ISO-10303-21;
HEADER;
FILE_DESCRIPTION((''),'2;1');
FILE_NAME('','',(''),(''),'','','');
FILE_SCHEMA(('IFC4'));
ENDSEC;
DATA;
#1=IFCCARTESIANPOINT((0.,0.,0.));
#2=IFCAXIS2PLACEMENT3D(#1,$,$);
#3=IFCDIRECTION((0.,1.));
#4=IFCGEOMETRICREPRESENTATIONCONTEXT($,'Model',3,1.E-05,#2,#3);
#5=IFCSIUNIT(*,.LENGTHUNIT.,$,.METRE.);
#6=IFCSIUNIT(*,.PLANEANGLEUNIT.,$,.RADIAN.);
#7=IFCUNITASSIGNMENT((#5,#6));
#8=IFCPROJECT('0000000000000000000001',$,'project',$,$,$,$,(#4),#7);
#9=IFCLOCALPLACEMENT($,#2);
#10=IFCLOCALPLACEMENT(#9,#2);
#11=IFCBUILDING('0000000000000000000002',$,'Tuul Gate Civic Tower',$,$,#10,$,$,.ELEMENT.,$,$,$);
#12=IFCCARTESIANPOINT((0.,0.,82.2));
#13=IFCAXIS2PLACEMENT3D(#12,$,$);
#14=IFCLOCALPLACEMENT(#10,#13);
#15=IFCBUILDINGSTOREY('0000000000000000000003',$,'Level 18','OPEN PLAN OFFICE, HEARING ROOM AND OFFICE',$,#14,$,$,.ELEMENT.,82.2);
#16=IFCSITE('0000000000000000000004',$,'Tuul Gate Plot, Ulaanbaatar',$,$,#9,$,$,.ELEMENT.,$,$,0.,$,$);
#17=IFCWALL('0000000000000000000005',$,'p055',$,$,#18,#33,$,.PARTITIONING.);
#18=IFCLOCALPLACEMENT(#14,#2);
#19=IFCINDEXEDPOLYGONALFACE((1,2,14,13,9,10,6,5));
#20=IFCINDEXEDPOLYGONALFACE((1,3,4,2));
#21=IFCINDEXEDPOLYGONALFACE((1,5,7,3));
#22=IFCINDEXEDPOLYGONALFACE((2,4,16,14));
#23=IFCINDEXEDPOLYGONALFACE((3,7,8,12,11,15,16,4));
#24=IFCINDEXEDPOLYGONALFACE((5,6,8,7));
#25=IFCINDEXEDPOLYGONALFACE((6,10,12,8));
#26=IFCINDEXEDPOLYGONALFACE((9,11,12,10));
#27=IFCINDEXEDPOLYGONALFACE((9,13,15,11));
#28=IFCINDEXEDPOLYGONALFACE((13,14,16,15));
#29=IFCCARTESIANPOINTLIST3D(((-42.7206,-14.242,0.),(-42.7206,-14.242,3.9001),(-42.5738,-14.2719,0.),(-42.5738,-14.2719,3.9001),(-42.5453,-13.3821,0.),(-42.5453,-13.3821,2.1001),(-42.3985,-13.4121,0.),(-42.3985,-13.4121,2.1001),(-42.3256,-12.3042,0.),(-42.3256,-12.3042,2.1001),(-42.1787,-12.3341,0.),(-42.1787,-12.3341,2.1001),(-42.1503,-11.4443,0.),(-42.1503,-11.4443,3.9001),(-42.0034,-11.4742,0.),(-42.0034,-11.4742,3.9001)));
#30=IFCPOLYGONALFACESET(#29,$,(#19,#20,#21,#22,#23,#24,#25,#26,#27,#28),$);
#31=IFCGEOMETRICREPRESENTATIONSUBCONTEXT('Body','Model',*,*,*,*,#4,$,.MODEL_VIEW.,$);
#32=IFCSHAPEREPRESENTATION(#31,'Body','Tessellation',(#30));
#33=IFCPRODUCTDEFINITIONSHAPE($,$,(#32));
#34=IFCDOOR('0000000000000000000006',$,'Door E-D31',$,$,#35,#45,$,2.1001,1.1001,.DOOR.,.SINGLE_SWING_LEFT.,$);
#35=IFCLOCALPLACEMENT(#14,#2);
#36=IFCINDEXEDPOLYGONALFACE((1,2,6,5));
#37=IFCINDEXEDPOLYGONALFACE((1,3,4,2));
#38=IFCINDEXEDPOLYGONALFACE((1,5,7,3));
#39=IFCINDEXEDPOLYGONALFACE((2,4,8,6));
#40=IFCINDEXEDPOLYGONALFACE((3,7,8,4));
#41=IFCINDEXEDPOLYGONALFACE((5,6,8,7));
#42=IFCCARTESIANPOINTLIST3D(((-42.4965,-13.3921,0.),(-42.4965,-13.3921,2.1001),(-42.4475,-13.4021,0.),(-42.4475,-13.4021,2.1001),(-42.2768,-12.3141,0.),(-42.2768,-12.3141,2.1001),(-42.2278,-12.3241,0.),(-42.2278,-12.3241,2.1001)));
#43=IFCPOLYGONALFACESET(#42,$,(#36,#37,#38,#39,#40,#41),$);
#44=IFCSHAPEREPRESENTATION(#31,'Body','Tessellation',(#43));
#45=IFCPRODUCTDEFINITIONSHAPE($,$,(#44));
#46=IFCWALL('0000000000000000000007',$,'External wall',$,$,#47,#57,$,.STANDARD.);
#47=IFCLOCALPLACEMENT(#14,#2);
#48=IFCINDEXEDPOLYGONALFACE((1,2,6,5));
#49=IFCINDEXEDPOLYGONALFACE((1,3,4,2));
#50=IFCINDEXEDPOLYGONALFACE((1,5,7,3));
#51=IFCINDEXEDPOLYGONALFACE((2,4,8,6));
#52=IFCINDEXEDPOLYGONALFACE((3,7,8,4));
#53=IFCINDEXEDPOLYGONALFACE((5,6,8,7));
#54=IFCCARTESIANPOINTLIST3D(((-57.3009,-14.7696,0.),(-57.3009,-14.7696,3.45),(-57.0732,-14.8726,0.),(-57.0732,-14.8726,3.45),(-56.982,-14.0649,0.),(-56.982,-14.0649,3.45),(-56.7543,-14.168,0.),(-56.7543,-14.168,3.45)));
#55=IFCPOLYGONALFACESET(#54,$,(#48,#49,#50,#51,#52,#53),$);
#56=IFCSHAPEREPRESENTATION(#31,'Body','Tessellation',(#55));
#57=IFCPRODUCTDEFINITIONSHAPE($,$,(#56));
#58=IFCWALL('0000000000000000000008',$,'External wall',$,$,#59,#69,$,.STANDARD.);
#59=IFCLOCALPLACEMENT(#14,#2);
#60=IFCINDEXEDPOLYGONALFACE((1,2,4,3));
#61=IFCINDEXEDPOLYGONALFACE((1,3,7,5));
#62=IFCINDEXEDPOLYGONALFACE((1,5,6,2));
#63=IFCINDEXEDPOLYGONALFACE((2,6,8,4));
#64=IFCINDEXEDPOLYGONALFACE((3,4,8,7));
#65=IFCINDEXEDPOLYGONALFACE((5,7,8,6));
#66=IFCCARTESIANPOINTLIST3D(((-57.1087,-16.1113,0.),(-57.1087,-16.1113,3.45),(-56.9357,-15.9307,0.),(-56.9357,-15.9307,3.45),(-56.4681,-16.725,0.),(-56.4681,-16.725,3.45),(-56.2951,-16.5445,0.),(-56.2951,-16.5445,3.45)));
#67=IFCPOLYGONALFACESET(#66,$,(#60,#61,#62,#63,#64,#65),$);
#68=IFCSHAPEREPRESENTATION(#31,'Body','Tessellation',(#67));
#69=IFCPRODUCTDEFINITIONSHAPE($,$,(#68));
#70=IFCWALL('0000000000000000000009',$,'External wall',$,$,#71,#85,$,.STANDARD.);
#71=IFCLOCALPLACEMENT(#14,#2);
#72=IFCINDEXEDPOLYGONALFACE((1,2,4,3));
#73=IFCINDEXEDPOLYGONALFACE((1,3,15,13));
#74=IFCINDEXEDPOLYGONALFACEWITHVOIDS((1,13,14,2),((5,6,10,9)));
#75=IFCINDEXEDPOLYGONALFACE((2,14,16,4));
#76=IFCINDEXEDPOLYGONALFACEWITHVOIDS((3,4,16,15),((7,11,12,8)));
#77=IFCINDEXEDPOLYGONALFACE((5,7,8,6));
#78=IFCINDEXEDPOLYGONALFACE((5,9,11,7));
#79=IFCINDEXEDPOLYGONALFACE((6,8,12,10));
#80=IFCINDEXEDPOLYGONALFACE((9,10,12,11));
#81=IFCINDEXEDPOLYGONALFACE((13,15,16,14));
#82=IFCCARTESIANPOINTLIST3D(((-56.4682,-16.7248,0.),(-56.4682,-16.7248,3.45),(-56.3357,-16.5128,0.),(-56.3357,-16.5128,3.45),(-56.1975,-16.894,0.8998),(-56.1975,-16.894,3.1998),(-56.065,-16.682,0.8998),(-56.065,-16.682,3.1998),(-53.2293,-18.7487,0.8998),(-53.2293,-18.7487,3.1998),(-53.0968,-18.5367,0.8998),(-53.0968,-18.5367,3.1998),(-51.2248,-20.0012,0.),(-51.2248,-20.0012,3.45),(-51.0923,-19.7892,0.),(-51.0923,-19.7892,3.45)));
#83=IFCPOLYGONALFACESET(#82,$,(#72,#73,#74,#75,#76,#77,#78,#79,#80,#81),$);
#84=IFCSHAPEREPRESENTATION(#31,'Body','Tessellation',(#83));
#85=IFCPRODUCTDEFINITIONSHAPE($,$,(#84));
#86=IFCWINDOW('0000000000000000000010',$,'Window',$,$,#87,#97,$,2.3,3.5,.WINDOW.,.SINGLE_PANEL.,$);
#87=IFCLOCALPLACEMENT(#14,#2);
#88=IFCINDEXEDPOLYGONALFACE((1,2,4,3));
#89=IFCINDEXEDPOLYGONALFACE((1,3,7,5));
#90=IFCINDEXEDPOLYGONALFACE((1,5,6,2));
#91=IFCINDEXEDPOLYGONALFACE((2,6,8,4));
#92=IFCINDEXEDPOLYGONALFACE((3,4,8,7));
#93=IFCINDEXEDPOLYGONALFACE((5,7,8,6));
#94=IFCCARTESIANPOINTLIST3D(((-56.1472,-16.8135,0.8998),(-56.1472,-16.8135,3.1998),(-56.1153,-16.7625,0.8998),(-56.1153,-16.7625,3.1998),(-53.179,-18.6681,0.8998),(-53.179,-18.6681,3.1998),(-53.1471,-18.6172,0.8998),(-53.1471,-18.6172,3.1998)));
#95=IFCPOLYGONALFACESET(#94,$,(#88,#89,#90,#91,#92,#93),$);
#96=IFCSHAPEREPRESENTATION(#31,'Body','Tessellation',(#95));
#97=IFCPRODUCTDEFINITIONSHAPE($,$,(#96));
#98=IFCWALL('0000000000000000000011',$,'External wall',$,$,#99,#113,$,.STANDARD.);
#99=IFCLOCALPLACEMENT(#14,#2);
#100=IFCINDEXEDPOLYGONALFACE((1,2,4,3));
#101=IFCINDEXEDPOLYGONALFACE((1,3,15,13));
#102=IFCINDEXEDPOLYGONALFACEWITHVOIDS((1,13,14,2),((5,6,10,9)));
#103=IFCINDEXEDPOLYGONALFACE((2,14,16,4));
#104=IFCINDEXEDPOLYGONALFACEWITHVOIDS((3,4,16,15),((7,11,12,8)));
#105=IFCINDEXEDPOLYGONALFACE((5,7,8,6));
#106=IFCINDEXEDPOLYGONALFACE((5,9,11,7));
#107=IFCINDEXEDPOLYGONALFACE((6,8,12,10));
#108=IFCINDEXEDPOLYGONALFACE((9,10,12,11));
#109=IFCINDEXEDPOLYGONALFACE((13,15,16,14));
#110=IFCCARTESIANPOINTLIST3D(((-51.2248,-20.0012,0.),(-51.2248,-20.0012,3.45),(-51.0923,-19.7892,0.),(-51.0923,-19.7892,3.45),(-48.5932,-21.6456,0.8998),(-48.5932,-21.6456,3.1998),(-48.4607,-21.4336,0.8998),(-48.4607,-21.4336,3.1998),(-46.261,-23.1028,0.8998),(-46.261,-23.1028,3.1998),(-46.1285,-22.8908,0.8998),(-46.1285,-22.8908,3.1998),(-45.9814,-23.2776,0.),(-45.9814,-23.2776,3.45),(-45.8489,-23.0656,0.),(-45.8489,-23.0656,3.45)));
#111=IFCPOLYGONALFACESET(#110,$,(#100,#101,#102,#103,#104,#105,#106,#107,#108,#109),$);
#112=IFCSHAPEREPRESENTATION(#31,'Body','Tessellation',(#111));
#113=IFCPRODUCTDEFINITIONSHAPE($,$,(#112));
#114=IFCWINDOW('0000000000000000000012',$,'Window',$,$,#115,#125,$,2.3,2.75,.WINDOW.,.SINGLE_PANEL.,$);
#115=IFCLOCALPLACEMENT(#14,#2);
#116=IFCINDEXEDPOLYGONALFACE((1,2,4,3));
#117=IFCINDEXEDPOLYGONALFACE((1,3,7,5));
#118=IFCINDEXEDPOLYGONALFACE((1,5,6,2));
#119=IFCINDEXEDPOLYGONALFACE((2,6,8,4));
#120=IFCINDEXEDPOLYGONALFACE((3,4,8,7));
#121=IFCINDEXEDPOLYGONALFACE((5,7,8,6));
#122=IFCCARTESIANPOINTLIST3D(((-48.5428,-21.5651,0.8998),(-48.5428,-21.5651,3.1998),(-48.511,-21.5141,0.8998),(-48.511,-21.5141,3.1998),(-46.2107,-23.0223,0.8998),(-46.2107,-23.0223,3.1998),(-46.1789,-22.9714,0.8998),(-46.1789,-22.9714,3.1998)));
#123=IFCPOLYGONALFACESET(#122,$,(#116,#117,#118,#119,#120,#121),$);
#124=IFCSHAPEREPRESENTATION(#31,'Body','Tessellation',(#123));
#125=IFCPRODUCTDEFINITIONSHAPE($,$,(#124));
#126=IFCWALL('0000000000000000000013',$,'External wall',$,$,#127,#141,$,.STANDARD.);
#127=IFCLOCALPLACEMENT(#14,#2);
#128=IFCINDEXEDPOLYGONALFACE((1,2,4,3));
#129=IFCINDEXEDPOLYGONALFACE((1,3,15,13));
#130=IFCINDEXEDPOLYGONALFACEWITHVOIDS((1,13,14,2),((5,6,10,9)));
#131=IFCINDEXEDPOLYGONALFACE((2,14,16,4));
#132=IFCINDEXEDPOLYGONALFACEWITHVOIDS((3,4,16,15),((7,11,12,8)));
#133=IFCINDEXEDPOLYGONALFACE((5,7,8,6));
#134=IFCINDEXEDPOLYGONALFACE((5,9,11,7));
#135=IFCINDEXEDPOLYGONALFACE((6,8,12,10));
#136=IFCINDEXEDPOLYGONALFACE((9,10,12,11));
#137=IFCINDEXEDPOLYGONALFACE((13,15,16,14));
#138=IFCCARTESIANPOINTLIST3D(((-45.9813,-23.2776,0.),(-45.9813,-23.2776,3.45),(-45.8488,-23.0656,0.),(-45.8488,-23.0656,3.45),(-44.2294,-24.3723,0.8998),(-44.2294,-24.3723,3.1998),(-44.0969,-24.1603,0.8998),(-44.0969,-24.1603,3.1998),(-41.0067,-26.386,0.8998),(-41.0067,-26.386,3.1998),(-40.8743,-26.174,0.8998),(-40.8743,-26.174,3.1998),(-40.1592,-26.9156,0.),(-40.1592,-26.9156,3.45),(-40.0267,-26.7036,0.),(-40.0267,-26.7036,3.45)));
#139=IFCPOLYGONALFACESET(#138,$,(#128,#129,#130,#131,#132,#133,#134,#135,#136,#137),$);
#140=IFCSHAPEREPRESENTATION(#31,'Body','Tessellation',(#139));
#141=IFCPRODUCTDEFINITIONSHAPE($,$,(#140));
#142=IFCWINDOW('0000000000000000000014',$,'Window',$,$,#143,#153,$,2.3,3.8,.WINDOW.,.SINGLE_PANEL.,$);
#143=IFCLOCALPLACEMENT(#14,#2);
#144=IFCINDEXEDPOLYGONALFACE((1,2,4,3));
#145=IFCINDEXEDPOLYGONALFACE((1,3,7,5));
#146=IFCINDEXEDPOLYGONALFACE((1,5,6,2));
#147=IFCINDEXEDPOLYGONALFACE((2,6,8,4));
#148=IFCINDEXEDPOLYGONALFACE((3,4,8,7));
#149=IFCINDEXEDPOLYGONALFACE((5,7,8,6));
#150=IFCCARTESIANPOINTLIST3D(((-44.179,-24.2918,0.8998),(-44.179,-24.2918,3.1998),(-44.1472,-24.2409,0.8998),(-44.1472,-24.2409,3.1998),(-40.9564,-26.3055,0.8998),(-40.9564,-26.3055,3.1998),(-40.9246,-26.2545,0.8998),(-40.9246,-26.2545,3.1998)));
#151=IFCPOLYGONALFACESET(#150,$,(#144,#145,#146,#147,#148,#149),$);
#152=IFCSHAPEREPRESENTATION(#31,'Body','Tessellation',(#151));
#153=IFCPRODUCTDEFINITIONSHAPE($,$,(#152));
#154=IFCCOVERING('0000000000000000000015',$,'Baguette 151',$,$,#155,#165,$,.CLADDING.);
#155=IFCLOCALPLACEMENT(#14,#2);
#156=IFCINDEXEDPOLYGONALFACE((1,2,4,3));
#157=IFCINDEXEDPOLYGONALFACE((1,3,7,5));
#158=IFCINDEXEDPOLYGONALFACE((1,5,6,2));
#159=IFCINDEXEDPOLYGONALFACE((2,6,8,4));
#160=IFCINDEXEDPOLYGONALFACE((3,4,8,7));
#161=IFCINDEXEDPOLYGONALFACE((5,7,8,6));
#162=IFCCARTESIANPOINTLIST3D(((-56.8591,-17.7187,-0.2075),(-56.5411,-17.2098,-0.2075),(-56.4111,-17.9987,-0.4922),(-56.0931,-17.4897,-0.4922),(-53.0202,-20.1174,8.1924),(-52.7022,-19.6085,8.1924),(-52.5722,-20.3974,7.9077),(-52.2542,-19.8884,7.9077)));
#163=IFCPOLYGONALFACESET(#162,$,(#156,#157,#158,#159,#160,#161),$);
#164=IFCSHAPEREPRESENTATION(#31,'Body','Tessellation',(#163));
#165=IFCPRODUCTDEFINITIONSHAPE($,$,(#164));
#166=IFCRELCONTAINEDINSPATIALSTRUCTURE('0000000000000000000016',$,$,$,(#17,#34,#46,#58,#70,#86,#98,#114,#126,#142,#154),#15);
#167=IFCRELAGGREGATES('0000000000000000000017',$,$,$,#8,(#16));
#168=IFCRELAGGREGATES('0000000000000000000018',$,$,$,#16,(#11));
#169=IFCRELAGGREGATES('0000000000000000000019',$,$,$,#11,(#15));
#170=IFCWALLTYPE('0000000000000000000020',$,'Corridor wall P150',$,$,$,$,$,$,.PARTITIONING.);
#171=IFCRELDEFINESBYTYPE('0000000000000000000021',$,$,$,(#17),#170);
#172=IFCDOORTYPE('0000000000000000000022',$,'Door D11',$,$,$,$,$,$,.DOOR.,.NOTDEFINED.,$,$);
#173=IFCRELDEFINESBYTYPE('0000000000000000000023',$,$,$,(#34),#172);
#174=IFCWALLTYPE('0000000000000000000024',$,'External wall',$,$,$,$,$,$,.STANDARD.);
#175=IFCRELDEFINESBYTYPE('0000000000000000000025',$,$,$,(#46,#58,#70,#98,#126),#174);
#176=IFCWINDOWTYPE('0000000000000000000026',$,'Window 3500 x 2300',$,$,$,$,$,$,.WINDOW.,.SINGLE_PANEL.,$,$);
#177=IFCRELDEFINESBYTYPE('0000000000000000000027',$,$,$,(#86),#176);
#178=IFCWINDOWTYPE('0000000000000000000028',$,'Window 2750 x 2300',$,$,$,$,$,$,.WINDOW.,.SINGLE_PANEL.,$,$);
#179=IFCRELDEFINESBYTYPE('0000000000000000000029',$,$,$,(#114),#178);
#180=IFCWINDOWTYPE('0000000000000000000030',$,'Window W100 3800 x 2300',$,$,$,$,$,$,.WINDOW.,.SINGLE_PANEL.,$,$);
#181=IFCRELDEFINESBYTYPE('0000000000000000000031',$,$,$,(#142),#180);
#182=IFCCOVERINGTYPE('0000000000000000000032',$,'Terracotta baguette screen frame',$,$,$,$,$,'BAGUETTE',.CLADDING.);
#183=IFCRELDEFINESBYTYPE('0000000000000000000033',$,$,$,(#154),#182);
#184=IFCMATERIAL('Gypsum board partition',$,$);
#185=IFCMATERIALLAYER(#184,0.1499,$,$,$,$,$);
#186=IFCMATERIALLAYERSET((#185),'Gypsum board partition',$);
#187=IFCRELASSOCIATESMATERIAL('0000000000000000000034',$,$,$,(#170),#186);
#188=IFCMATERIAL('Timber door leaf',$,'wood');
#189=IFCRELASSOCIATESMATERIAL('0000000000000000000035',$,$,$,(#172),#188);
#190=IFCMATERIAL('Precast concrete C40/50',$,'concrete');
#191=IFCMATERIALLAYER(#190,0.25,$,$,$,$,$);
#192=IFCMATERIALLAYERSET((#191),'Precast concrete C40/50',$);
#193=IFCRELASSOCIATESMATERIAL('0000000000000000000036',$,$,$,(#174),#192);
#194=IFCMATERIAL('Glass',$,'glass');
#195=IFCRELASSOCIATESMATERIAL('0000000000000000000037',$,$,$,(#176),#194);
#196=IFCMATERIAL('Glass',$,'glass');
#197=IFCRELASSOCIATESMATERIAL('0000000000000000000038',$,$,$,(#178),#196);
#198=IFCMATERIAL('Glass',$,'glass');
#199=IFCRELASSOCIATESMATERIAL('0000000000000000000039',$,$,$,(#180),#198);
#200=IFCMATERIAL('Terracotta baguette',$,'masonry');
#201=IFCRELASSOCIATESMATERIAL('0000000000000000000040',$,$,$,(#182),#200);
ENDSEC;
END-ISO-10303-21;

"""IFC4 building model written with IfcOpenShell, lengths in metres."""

from ifc_helpers import new_model, si_unit, direction, frame, frame_2d, origin, origin_2d, place, context, subcontext, project, spatial, rectangle, extrude, material, layer, layer_set, material_profile, profile_set, type_object, element, fill, save


model = new_model("IFC4")

# Units and contexts
model_context = context("Model", 3, precision=1e-05, world=origin(), true_north=direction((0.0, 1.0)))
body_context = subcontext(model_context, "Body", "Model", "MODEL_VIEW")
ifc_project = project(units=[si_unit("LENGTHUNIT", "METRE"), si_unit("PLANEANGLEUNIT", "RADIAN")], contexts=[model_context])

# Site, building, storey
site_placement = place(None, origin())
site = spatial("IfcSite", under=ifc_project, at=site_placement, Name="Tuul Gate Plot, Ulaanbaatar", CompositionType="ELEMENT", RefElevation=0.0)
building_placement = place(site_placement, origin())
building = spatial("IfcBuilding", under=site, at=building_placement, Name="Tuul Gate Civic Tower", CompositionType="ELEMENT")
storey_placement = place(building_placement, frame((0.0, 0.0, 82.2)))
storey = spatial("IfcBuildingStorey", under=building, at=storey_placement, Name="Level 18", Description="OPEN PLAN OFFICE, HEARING ROOM AND OFFICE", CompositionType="ELEMENT", Elevation=82.2)

# Shared definitions
ifc_material_1 = material(Name="Gypsum board partition")
ifc_layer_1 = layer(ifc_material_1, 0.1499)
ifc_layer_set_1 = layer_set([ifc_layer_1], Name="Gypsum board partition")
wall_type_1 = type_object("IfcWallType", Name="Corridor wall P150", PredefinedType="PARTITIONING", material=ifc_layer_set_1)

# Wall, opening, door
wall_1_placement = place(storey_placement, frame((-42.6472, -14.2571, 0.0), z_axis=(0.0, 0.0, 1.0), x_axis=(0.199749, 0.979847, 0.0)))
wall_1 = element("IfcWall", 1, at=wall_1_placement, inside=storey, type_object=wall_type_1, Name="p055", PredefinedType="PARTITIONING", context=body_context, shape_type="SweptSolid", body=[
    extrude(rectangle(XDim=2.8552, YDim=0.1499, at=frame_2d((1.4277, 0.0))), origin(), (0.0, 0.0, 1.0), 3.9001),
])
opening_1_placement = place(wall_1_placement, frame((0.8777, 0.0, 0.0)))
opening_1 = element("IfcOpeningElement", 2, at=opening_1_placement, cuts=wall_1, PredefinedType="OPENING", context=body_context, shape_type="SweptSolid", body=[
    extrude(rectangle(XDim=1.1001, YDim=2.1001, at=frame_2d((0.55, 1.05))), frame((0.0, 0.085, 0.0), z_axis=(0.0, -1.0, 0.0), x_axis=(1.0, 0.0, 0.0)), (0.0, 0.0, 1.0), 0.1699),
])
ifc_material_2 = material(Name="Timber door leaf", Category="wood")
door_type = type_object("IfcDoorType", Name="Door D11", OperationType="NOTDEFINED", PredefinedType="DOOR", material=ifc_material_2)
door_placement = place(opening_1_placement, frame((1.1001, 0.0, 0.0), z_axis=(0.0, 0.0, 1.0), x_axis=(-1.0, 0.0, 0.0)))
door = element("IfcDoor", 3, at=door_placement, inside=storey, type_object=door_type, Name="Door E-D31", OperationType="SINGLE_SWING_LEFT", OverallHeight=2.1001, OverallWidth=1.1001, PredefinedType="DOOR", context=body_context, shape_type="SweptSolid", body=[
    extrude(rectangle(XDim=1.1001, YDim=2.1001, at=frame_2d((0.55, 1.05))), frame((0.0, 0.0249, 0.0), z_axis=(0.0, -1.0, 0.0), x_axis=(1.0, 0.0, 0.0)), (0.0, 0.0, 1.0), 0.05),
])
fill(opening_1, door)

# Walls
ifc_material_3 = material(Name="Precast concrete C40/50", Category="concrete")
ifc_layer_2 = layer(ifc_material_3, 0.25)
ifc_layer_set_2 = layer_set([ifc_layer_2], Name="Precast concrete C40/50")
wall_type_2 = type_object("IfcWallType", Name="External wall", PredefinedType="STANDARD", material=ifc_layer_set_2)
wall_2_placement = place(storey_placement, frame((-56.8682, -14.1165, 0.0), z_axis=(0.0, 0.0, 1.0), x_axis=(-0.41228, -0.911057, 0.0)))
element("IfcWall", 4, at=wall_2_placement, inside=storey, type_object=wall_type_2, Name="External wall", PredefinedType="STANDARD", context=body_context, shape_type="SweptSolid", body=[
    extrude(rectangle(XDim=0.7734, YDim=0.25, at=frame_2d((0.3867, 0.0))), origin(), (0.0, 0.0, 1.0), 3.45),
])
wall_3_placement = place(storey_placement, frame((-57.0222, -16.021, 0.0), z_axis=(0.0, 0.0, 1.0), x_axis=(0.72208, -0.69181, 0.0)))
element("IfcWall", 5, at=wall_3_placement, inside=storey, type_object=wall_type_2, Name="External wall", PredefinedType="STANDARD", context=body_context, shape_type="SweptSolid", body=[
    extrude(rectangle(XDim=0.8872, YDim=0.25, at=frame_2d((0.4436, 0.0))), origin(), (0.0, 0.0, 1.0), 3.45),
])

# Walls, openings, windows
wall_4_placement = place(storey_placement, frame((-56.4019, -16.6189, 0.0), z_axis=(0.0, 0.0, 1.0), x_axis=(0.848054, -0.52991, 0.0)))
wall_4 = element("IfcWall", 6, at=wall_4_placement, inside=storey, type_object=wall_type_2, Name="External wall", PredefinedType="STANDARD", context=body_context, shape_type="SweptSolid", body=[
    extrude(rectangle(XDim=6.1829, YDim=0.25, at=frame_2d((3.0913, 0.0))), origin(), (0.0, 0.0, 1.0), 3.45),
])
opening_2_placement = place(wall_4_placement, frame((0.3191, 0.0, 0.8999)))
opening_2 = element("IfcOpeningElement", 7, at=opening_2_placement, cuts=wall_4, PredefinedType="OPENING", context=body_context, shape_type="SweptSolid", body=[
    extrude(rectangle(XDim=3.5, YDim=2.3, at=frame_2d((1.75, 1.1499))), frame((0.0, 0.135, 0.0), z_axis=(0.0, -1.0, 0.0), x_axis=(1.0, 0.0, 0.0)), (0.0, 0.0, 1.0), 0.27),
])
ifc_material_4 = material(Name="Glass", Category="glass")
window_type_1 = type_object("IfcWindowType", Name="Window 3500 x 2300", PartitioningType="SINGLE_PANEL", PredefinedType="WINDOW", material=ifc_material_4)
window_1_placement = place(opening_2_placement, origin())
window_1 = element("IfcWindow", 8, at=window_1_placement, inside=storey, type_object=window_type_1, Name="Window", OverallHeight=2.3, OverallWidth=3.5, PartitioningType="SINGLE_PANEL", PredefinedType="WINDOW", context=body_context, shape_type="SweptSolid", body=[
    extrude(rectangle(XDim=3.5, YDim=2.3, at=frame_2d((1.75, 1.1499))), frame((0.0, 0.03, 0.0), z_axis=(0.0, -1.0, 0.0), x_axis=(1.0, 0.0, 0.0)), (0.0, 0.0, 1.0), 0.0601),
])
fill(opening_2, window_1)
wall_5_placement = place(storey_placement, frame((-51.1584, -19.8953, 0.0), z_axis=(0.0, 0.0, 1.0), x_axis=(0.848054, -0.52991, 0.0)))
wall_5 = element("IfcWall", 9, at=wall_5_placement, inside=storey, type_object=wall_type_2, Name="External wall", PredefinedType="STANDARD", context=body_context, shape_type="SweptSolid", body=[
    extrude(rectangle(XDim=6.1829, YDim=0.25, at=frame_2d((3.0913, 0.0))), origin(), (0.0, 0.0, 1.0), 3.45),
])
opening_3_placement = place(wall_5_placement, frame((3.103, 0.0, 0.8999)))
opening_3 = element("IfcOpeningElement", 10, at=opening_3_placement, cuts=wall_5, PredefinedType="OPENING", context=body_context, shape_type="SweptSolid", body=[
    extrude(rectangle(XDim=2.75, YDim=2.3, at=frame_2d((1.375, 1.1499))), frame((0.0, 0.135, 0.0), z_axis=(0.0, -1.0, 0.0), x_axis=(1.0, 0.0, 0.0)), (0.0, 0.0, 1.0), 0.27),
])
ifc_material_5 = material(Name="Glass", Category="glass")
window_type_2 = type_object("IfcWindowType", Name="Window 2750 x 2300", PartitioningType="SINGLE_PANEL", PredefinedType="WINDOW", material=ifc_material_5)
window_2_placement = place(opening_3_placement, origin())
window_2 = element("IfcWindow", 11, at=window_2_placement, inside=storey, type_object=window_type_2, Name="Window", OverallHeight=2.3, OverallWidth=2.75, PartitioningType="SINGLE_PANEL", PredefinedType="WINDOW", context=body_context, shape_type="SweptSolid", body=[
    extrude(rectangle(XDim=2.75, YDim=2.3, at=frame_2d((1.375, 1.1499))), frame((0.0, 0.03, 0.0), z_axis=(0.0, -1.0, 0.0), x_axis=(1.0, 0.0, 0.0)), (0.0, 0.0, 1.0), 0.0601),
])
fill(opening_3, window_2)
wall_6_placement = place(storey_placement, frame((-45.915, -23.1716, 0.0), z_axis=(0.0, 0.0, 1.0), x_axis=(0.848052, -0.529913, 0.0)))
wall_6 = element("IfcWall", 12, at=wall_6_placement, inside=storey, type_object=wall_type_2, Name="External wall", PredefinedType="STANDARD", context=body_context, shape_type="SweptSolid", body=[
    extrude(rectangle(XDim=6.8652, YDim=0.25, at=frame_2d((3.4326, 0.0))), origin(), (0.0, 0.0, 1.0), 3.45),
])
opening_4_placement = place(wall_6_placement, frame((2.0659, 0.0, 0.8999)))
opening_4 = element("IfcOpeningElement", 13, at=opening_4_placement, cuts=wall_6, PredefinedType="OPENING", context=body_context, shape_type="SweptSolid", body=[
    extrude(rectangle(XDim=3.8, YDim=2.3, at=frame_2d((1.8999, 1.1499))), frame((0.0, 0.135, 0.0), z_axis=(0.0, -1.0, 0.0), x_axis=(1.0, 0.0, 0.0)), (0.0, 0.0, 1.0), 0.27),
])
ifc_material_6 = material(Name="Glass", Category="glass")
window_type_3 = type_object("IfcWindowType", Name="Window W100 3800 x 2300", PartitioningType="SINGLE_PANEL", PredefinedType="WINDOW", material=ifc_material_6)
window_3_placement = place(opening_4_placement, origin())
window_3 = element("IfcWindow", 14, at=window_3_placement, inside=storey, type_object=window_type_3, Name="Window", OverallHeight=2.3, OverallWidth=3.8, PartitioningType="SINGLE_PANEL", PredefinedType="WINDOW", context=body_context, shape_type="SweptSolid", body=[
    extrude(rectangle(XDim=3.8, YDim=2.3, at=frame_2d((1.8999, 1.1499))), frame((0.0, 0.03, 0.0), z_axis=(0.0, -1.0, 0.0), x_axis=(1.0, 0.0, 0.0)), (0.0, 0.0, 1.0), 0.0601),
])
fill(opening_4, window_3)

# Covering
ifc_material_7 = material(Name="Terracotta baguette", Category="masonry")
ifc_material_profile_1 = material_profile(ifc_material_7, rectangle(XDim=0.6001, YDim=0.6001, at=origin_2d()), Name="Terracotta baguette screen frame")
ifc_profile_set_1 = profile_set([ifc_material_profile_1], Name="Terracotta baguette")
covering_type = type_object("IfcCoveringType", Name="Terracotta baguette screen frame", ElementType="BAGUETTE", PredefinedType="CLADDING", material=ifc_profile_set_1)
for number, where, z_axis, x_axis, name in (
    (15, (-52.6372, -20.0029, 8.05), (-0.402314, 0.251383, -0.880312), (-0.529902, -0.848059, 0.0), "Baguette 151"),
):
    element("IfcCovering", number, at=place(storey_placement, frame(where, z_axis=z_axis, x_axis=x_axis)), inside=storey, type_object=covering_type, Name=name, PredefinedType="CLADDING", context=body_context, shape_type="SweptSolid", body=[
        extrude(rectangle(XDim=0.6001, YDim=0.6001, at=origin_2d()), origin(), (0.0, 0.0, 1.0), 9.542),
    ])

save(model, "model.ifc")
